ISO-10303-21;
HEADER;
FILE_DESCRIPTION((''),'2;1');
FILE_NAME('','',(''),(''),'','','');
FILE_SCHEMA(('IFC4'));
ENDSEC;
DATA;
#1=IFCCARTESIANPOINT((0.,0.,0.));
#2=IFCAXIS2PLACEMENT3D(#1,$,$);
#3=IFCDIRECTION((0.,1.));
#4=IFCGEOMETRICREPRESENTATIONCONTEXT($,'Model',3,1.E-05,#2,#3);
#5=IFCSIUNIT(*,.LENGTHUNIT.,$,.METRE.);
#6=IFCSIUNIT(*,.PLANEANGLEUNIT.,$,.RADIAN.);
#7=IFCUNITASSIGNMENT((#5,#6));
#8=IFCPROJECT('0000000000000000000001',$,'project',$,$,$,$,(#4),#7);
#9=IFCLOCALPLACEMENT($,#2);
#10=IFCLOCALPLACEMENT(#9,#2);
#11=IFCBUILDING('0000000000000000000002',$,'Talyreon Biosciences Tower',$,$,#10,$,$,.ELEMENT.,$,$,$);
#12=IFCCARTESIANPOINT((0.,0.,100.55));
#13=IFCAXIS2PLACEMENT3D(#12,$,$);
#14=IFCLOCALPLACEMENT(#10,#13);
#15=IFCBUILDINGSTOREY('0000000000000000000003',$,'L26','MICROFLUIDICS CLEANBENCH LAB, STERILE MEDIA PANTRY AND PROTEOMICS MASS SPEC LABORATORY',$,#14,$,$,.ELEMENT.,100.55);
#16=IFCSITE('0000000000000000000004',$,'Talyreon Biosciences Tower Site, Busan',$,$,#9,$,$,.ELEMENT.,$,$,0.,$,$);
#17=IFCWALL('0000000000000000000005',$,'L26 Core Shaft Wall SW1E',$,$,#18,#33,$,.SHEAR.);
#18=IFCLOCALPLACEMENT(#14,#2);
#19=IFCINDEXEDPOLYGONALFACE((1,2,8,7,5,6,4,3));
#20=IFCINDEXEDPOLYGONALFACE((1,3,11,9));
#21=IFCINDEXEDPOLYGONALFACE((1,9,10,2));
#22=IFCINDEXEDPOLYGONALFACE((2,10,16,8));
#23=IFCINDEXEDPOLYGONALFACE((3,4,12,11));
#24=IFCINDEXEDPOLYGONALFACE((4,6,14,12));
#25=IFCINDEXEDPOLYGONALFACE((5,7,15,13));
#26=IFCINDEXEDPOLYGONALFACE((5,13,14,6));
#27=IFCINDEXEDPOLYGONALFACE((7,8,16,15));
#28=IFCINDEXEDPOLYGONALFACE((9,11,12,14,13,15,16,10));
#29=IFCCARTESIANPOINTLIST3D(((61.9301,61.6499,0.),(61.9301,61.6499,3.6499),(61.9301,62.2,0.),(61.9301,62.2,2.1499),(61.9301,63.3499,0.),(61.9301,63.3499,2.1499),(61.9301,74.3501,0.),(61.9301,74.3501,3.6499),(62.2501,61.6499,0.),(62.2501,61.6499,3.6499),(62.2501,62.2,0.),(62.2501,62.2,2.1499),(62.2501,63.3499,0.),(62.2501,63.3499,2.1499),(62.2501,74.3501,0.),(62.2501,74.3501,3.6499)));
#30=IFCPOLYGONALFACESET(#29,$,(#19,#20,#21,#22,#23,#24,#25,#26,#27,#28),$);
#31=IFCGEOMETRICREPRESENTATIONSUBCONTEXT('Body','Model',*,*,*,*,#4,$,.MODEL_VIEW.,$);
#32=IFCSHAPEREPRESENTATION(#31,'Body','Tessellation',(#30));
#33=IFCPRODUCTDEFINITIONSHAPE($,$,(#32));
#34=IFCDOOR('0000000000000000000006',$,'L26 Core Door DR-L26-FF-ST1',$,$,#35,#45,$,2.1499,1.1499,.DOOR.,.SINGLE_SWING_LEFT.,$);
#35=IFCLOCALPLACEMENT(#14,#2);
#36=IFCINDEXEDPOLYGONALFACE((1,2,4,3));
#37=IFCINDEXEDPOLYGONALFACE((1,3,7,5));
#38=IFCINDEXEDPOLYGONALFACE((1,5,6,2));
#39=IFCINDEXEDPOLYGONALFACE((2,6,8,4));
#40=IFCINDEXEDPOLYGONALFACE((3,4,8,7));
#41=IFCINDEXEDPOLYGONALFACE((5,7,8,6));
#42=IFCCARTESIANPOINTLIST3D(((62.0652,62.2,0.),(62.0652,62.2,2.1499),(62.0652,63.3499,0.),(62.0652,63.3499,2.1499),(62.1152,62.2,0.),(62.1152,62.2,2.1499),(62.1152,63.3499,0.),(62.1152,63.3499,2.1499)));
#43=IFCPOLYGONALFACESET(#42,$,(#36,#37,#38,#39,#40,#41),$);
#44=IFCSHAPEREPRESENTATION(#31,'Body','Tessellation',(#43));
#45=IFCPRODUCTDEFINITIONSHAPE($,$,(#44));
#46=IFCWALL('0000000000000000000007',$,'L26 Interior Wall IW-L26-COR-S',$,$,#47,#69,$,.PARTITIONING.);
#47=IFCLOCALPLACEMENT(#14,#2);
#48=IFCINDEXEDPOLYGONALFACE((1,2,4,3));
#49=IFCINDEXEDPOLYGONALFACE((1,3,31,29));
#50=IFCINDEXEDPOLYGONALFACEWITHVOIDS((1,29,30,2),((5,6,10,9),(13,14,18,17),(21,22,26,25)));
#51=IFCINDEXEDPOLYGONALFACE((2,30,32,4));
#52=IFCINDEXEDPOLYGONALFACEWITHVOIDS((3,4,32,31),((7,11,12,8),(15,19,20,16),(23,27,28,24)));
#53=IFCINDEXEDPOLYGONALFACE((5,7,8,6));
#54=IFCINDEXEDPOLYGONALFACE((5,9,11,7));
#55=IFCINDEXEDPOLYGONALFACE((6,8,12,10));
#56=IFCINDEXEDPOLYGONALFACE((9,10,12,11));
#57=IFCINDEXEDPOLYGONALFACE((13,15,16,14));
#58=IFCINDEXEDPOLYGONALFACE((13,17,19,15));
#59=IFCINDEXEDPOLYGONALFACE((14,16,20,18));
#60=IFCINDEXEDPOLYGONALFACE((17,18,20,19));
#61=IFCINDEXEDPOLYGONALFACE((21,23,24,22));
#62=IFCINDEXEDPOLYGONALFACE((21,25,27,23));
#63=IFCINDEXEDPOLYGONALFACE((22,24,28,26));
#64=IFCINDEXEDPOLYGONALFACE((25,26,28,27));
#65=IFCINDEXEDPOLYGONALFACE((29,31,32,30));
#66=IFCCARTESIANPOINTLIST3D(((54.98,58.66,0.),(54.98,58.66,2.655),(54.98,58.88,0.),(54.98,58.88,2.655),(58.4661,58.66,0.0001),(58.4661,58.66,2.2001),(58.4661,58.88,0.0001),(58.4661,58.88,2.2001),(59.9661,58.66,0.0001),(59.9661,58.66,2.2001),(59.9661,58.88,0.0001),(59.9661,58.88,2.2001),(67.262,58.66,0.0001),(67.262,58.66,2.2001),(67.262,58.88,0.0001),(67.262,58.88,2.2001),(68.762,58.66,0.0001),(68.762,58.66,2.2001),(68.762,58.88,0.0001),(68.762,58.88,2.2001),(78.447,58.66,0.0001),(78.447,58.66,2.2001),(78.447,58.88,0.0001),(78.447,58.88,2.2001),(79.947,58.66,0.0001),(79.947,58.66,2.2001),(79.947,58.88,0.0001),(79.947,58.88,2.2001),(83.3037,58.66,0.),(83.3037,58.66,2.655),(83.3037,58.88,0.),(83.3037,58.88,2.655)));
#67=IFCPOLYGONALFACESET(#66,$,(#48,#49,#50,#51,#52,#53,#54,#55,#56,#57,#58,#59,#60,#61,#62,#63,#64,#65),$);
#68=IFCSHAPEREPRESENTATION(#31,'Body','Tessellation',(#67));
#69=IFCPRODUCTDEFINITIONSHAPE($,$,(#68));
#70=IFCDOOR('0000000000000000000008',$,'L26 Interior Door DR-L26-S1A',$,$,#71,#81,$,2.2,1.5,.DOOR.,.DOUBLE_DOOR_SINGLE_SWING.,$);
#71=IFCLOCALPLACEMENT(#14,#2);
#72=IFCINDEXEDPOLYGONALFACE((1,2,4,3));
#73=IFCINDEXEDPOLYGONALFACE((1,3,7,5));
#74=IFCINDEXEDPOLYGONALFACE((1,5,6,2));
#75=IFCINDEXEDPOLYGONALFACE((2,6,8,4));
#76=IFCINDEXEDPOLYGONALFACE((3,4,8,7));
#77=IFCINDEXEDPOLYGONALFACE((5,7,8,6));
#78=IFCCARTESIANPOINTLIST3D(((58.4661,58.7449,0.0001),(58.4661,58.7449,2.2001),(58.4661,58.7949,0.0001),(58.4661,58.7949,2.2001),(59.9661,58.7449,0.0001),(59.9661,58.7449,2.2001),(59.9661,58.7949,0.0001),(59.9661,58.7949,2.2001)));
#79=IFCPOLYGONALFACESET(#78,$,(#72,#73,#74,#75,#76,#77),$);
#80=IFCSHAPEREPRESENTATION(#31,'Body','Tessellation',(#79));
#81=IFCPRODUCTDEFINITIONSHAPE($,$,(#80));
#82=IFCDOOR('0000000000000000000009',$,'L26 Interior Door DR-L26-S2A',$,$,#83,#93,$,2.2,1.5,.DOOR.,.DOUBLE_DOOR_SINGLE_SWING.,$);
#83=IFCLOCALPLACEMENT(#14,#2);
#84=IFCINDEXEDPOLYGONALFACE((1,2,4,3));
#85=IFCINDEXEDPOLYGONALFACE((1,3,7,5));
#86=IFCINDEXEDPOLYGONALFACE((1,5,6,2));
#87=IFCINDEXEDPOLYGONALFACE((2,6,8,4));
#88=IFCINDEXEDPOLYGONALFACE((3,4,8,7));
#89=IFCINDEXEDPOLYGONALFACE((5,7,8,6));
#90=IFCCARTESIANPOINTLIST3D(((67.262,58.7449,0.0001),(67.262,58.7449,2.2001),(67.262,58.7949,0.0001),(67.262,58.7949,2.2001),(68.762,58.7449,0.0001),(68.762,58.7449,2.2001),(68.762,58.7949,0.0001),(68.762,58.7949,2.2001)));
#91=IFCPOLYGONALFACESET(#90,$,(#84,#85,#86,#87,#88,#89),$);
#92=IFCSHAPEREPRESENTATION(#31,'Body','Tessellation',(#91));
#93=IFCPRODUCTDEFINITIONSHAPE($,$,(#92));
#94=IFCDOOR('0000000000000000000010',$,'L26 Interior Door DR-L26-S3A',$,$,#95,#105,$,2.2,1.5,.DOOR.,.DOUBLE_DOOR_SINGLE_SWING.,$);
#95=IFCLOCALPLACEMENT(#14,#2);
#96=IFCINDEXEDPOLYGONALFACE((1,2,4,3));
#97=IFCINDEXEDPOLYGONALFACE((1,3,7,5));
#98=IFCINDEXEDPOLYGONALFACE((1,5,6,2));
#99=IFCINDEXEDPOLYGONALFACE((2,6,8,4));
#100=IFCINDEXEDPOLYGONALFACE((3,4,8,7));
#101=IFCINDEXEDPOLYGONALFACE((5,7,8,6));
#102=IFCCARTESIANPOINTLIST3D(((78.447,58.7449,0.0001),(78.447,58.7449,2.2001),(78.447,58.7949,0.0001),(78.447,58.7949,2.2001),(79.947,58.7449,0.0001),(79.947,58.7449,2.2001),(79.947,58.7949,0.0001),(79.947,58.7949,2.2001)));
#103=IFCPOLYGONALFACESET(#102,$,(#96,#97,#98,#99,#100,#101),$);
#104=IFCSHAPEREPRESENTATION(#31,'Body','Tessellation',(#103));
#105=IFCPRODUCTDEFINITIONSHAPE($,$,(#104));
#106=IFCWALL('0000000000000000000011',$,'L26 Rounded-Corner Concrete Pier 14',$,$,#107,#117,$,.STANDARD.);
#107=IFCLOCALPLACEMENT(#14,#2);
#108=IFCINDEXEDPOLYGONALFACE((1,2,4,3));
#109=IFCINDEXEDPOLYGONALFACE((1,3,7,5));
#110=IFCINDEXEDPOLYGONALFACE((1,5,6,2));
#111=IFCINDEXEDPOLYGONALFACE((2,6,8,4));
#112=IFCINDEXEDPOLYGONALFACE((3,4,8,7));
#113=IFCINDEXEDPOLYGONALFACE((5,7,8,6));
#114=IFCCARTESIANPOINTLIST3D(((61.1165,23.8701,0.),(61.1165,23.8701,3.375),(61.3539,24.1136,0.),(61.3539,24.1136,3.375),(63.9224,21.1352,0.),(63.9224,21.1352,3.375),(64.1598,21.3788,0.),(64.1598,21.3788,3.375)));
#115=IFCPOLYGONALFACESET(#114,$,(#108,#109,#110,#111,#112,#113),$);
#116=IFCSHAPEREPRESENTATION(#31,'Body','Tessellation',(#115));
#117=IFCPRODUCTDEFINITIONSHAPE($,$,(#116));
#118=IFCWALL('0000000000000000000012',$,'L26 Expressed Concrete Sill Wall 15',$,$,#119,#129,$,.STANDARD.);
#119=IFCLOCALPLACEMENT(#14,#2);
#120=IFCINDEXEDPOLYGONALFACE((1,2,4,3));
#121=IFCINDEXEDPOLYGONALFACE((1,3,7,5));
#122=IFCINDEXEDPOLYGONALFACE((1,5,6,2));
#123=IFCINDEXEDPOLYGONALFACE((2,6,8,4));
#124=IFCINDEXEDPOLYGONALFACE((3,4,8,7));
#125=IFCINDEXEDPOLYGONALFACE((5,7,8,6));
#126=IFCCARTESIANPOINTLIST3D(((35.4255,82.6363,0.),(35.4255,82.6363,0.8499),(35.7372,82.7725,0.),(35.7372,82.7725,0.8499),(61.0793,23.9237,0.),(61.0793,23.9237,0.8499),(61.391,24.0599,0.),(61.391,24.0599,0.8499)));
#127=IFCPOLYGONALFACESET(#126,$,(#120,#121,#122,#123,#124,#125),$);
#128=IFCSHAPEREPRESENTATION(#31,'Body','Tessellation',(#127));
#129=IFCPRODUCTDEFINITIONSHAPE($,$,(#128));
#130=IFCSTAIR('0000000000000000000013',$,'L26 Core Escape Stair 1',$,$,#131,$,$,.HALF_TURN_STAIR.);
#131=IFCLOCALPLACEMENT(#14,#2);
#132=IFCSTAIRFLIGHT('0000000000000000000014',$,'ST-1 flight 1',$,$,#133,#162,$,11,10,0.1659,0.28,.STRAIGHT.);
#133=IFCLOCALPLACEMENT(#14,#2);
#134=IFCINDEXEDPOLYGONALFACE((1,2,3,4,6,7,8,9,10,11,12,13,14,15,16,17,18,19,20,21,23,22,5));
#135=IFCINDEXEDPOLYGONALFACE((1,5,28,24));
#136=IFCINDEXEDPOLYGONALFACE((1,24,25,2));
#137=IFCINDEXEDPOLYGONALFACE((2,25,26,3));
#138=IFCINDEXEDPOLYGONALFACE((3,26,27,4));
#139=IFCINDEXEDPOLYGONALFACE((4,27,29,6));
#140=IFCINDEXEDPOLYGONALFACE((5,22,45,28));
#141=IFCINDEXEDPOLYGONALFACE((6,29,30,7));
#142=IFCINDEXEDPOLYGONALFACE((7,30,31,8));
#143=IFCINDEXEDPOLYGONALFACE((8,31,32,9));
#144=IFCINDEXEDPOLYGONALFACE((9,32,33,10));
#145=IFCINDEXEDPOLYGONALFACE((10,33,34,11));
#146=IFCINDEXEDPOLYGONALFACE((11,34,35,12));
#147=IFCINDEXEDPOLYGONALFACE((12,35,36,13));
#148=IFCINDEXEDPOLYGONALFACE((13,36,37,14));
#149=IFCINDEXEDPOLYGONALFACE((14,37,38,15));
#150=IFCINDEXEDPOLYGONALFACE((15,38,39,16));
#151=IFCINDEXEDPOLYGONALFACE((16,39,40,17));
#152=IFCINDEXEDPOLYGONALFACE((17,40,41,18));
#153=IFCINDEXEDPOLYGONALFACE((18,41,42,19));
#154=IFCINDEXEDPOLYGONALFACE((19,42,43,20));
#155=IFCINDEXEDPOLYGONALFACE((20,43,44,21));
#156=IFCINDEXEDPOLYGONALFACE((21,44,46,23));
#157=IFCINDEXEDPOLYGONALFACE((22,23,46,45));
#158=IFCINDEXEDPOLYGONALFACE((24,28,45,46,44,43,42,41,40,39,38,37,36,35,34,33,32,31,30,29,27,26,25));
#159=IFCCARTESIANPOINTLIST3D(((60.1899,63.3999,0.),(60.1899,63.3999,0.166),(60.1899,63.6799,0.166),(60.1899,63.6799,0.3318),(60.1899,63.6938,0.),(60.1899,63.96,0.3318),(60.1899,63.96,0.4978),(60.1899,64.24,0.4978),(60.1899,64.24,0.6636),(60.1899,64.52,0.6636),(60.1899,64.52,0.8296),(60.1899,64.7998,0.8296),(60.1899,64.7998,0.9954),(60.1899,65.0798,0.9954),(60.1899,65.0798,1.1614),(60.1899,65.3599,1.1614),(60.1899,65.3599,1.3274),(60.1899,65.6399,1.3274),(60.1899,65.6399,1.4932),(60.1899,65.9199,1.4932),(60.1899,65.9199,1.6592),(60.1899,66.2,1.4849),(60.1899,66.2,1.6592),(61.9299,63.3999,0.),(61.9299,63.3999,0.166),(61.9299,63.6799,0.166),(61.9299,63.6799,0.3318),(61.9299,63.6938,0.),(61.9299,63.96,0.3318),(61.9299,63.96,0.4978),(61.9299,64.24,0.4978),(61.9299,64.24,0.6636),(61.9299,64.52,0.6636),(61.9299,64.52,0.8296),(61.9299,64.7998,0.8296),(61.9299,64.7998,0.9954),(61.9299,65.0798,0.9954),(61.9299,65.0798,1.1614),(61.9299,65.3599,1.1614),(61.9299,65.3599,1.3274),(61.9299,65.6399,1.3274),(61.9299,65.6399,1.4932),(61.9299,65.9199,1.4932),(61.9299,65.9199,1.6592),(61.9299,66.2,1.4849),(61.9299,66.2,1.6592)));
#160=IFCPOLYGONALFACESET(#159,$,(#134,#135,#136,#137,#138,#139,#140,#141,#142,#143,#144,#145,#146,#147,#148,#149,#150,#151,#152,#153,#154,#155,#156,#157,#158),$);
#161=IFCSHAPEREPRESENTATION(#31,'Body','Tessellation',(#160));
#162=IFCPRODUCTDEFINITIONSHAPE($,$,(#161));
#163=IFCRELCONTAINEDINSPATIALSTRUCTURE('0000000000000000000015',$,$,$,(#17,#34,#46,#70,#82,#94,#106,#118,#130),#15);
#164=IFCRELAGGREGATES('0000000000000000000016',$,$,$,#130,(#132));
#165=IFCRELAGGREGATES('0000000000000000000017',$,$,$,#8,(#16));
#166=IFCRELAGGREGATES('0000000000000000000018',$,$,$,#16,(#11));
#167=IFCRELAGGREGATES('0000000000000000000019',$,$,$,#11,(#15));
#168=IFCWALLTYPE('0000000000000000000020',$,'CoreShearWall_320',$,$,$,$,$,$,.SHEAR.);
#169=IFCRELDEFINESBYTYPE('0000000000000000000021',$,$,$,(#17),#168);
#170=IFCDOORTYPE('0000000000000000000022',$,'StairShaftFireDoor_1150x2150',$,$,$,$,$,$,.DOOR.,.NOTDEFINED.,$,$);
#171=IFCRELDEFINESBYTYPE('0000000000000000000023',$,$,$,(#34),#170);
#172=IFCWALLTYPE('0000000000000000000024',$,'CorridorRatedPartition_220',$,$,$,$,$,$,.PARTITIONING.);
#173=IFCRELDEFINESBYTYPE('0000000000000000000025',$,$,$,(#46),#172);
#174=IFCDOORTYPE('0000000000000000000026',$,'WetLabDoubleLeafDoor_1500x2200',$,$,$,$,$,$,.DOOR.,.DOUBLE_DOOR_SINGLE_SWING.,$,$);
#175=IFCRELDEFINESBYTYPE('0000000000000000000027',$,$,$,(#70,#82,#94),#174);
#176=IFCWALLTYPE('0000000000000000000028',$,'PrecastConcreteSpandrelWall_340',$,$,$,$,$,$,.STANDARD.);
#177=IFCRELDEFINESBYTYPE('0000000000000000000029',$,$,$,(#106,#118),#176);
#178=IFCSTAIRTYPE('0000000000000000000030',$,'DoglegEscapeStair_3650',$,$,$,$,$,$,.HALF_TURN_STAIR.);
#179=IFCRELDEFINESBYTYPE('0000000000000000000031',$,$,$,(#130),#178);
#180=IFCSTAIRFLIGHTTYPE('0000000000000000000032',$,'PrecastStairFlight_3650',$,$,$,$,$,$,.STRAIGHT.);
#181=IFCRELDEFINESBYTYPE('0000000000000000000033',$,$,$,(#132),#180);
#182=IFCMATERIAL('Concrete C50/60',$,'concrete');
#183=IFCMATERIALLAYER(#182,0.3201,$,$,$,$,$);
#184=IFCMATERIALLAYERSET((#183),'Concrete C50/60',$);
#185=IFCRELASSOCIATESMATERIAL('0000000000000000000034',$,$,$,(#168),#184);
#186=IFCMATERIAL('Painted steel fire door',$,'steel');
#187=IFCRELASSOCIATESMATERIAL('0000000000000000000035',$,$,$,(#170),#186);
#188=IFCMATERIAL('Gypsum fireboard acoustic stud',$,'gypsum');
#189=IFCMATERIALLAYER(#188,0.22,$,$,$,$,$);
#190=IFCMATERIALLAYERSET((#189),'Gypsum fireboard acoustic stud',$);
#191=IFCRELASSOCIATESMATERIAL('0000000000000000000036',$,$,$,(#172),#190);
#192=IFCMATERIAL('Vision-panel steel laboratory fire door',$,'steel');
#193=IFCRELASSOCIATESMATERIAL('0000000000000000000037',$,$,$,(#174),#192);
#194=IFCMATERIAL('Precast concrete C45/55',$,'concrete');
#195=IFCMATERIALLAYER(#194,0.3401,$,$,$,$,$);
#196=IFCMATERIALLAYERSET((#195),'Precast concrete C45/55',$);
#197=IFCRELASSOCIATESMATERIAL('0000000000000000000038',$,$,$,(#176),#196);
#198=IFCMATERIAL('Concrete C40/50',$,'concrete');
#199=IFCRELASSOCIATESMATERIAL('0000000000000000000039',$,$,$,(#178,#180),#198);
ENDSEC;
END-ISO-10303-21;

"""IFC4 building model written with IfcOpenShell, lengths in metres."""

from ifc_helpers import new_model, si_unit, direction, frame, frame_2d, origin, place, context, subcontext, project, spatial, polyline, rectangle, outline, extrude, material, layer, layer_set, type_object, element, fill, aggregate, save


model = new_model("IFC4")

# Units and contexts
model_context = context("Model", 3, precision=1e-05, world=origin(), true_north=direction((0.0, 1.0)))
body_context = subcontext(model_context, "Body", "Model", "MODEL_VIEW")
ifc_project = project(units=[si_unit("LENGTHUNIT", "METRE"), si_unit("PLANEANGLEUNIT", "RADIAN")], contexts=[model_context])

# Site, building, storey
site_placement = place(None, origin())
site = spatial("IfcSite", under=ifc_project, at=site_placement, Name="Talyreon Biosciences Tower Site, Busan", CompositionType="ELEMENT", RefElevation=0.0)
building_placement = place(site_placement, origin())
building = spatial("IfcBuilding", under=site, at=building_placement, Name="Talyreon Biosciences Tower", CompositionType="ELEMENT")
storey_placement = place(building_placement, frame((0.0, 0.0, 100.55)))
storey = spatial("IfcBuildingStorey", under=building, at=storey_placement, Name="L26", Description="MICROFLUIDICS CLEANBENCH LAB, STERILE MEDIA PANTRY AND PROTEOMICS MASS SPEC LABORATORY", CompositionType="ELEMENT", Elevation=100.55)

# Shared definitions
ifc_material_1 = material(Name="Concrete C50/60", Category="concrete")

# Shared definitions
ifc_material_2 = material(Name="Precast concrete C45/55", Category="concrete")

# Shared definitions
ifc_material_3 = material(Name="Gypsum fireboard acoustic stud", Category="gypsum")

# Wall, opening, door
ifc_layer_1 = layer(ifc_material_1, 0.3201)
ifc_layer_set_1 = layer_set([ifc_layer_1], Name="Concrete C50/60")
wall_type_1 = type_object("IfcWallType", Name="CoreShearWall_320", PredefinedType="SHEAR", material=ifc_layer_set_1)
wall_1_placement = place(storey_placement, frame((62.0901, 61.6499, 0.0), z_axis=(0.0, 0.0, 1.0), x_axis=(0.0, 1.0, 0.0)))
wall_1 = element("IfcWall", 1, at=wall_1_placement, inside=storey, type_object=wall_type_1, Name="L26 Core Shaft Wall SW1E", PredefinedType="SHEAR", context=body_context, shape_type="SweptSolid", body=[
    extrude(rectangle(XDim=12.7002, YDim=0.3201, at=frame_2d((6.3501, 0.0))), origin(), (0.0, 0.0, 1.0), 3.6499),
])
opening_1_placement = place(wall_1_placement, frame((0.55, 0.0, 0.0)))
opening_1 = element("IfcOpeningElement", 2, at=opening_1_placement, cuts=wall_1, PredefinedType="OPENING", context=body_context, shape_type="SweptSolid", body=[
    extrude(rectangle(XDim=1.1499, YDim=2.1499, at=frame_2d((0.575, 1.075))), frame((0.0, 0.1699, 0.0), z_axis=(0.0, -1.0, 0.0), x_axis=(1.0, 0.0, 0.0)), (0.0, 0.0, 1.0), 0.3401),
])
ifc_material_4 = material(Name="Painted steel fire door", Category="steel")
door_type_1 = type_object("IfcDoorType", Name="StairShaftFireDoor_1150x2150", OperationType="NOTDEFINED", PredefinedType="DOOR", material=ifc_material_4)
door_1_placement = place(opening_1_placement, origin())
door_1 = element("IfcDoor", 3, at=door_1_placement, inside=storey, type_object=door_type_1, Name="L26 Core Door DR-L26-FF-ST1", OperationType="SINGLE_SWING_LEFT", OverallHeight=2.1499, OverallWidth=1.1499, PredefinedType="DOOR", context=body_context, shape_type="SweptSolid", body=[
    extrude(rectangle(XDim=1.1499, YDim=2.1499, at=frame_2d((0.575, 1.075))), frame((0.0, 0.0249, 0.0), z_axis=(0.0, -1.0, 0.0), x_axis=(1.0, 0.0, 0.0)), (0.0, 0.0, 1.0), 0.05),
])
fill(opening_1, door_1)

# Wall, openings, doors
ifc_layer_2 = layer(ifc_material_3, 0.22)
ifc_layer_set_2 = layer_set([ifc_layer_2], Name="Gypsum fireboard acoustic stud")
wall_type_2 = type_object("IfcWallType", Name="CorridorRatedPartition_220", PredefinedType="PARTITIONING", material=ifc_layer_set_2)
wall_2_placement = place(storey_placement, frame((54.98, 58.77, 0.0), z_axis=(0.0, 0.0, 1.0), x_axis=(1.0, 0.0, 0.0)))
wall_2 = element("IfcWall", 4, at=wall_2_placement, inside=storey, type_object=wall_type_2, Name="L26 Interior Wall IW-L26-COR-S", PredefinedType="PARTITIONING", context=body_context, shape_type="SweptSolid", body=[
    extrude(rectangle(XDim=28.3237, YDim=0.22, at=frame_2d((14.1619, 0.0))), origin(), (0.0, 0.0, 1.0), 2.655),
])
opening_2_placement = place(wall_2_placement, frame((3.4861, 0.0, 0.0)))
opening_2 = element("IfcOpeningElement", 5, at=opening_2_placement, cuts=wall_2, PredefinedType="OPENING", context=body_context, shape_type="SweptSolid", body=[
    extrude(rectangle(XDim=1.5, YDim=2.2, at=frame_2d((0.75, 1.1001))), frame((0.0, 0.1199, 0.0), z_axis=(0.0, -1.0, 0.0), x_axis=(1.0, 0.0, 0.0)), (0.0, 0.0, 1.0), 0.24),
])
opening_3_placement = place(wall_2_placement, frame((12.282, 0.0, 0.0)))
opening_3 = element("IfcOpeningElement", 6, at=opening_3_placement, cuts=wall_2, PredefinedType="OPENING", context=body_context, shape_type="SweptSolid", body=[
    extrude(rectangle(XDim=1.5, YDim=2.2, at=frame_2d((0.75, 1.1001))), frame((0.0, 0.1199, 0.0), z_axis=(0.0, -1.0, 0.0), x_axis=(1.0, 0.0, 0.0)), (0.0, 0.0, 1.0), 0.24),
])
opening_4_placement = place(wall_2_placement, frame((23.467, 0.0, 0.0)))
opening_4 = element("IfcOpeningElement", 7, at=opening_4_placement, cuts=wall_2, PredefinedType="OPENING", context=body_context, shape_type="SweptSolid", body=[
    extrude(rectangle(XDim=1.5, YDim=2.2, at=frame_2d((0.75, 1.1001))), frame((0.0, 0.1199, 0.0), z_axis=(0.0, -1.0, 0.0), x_axis=(1.0, 0.0, 0.0)), (0.0, 0.0, 1.0), 0.24),
])
ifc_material_5 = material(Name="Vision-panel steel laboratory fire door", Category="steel")
door_type_2 = type_object("IfcDoorType", Name="WetLabDoubleLeafDoor_1500x2200", OperationType="DOUBLE_DOOR_SINGLE_SWING", PredefinedType="DOOR", material=ifc_material_5)
door_2_placement = place(opening_2_placement, origin())
door_2 = element("IfcDoor", 8, at=door_2_placement, inside=storey, type_object=door_type_2, Name="L26 Interior Door DR-L26-S1A", OperationType="DOUBLE_DOOR_SINGLE_SWING", OverallHeight=2.2, OverallWidth=1.5, PredefinedType="DOOR", context=body_context, shape_type="SweptSolid", body=[
    extrude(rectangle(XDim=1.5, YDim=2.2, at=frame_2d((0.75, 1.1001))), frame((0.0, 0.0249, 0.0), z_axis=(0.0, -1.0, 0.0), x_axis=(1.0, 0.0, 0.0)), (0.0, 0.0, 1.0), 0.05),
])
fill(opening_2, door_2)
door_3_placement = place(opening_3_placement, origin())
door_3 = element("IfcDoor", 9, at=door_3_placement, inside=storey, type_object=door_type_2, Name="L26 Interior Door DR-L26-S2A", OperationType="DOUBLE_DOOR_SINGLE_SWING", OverallHeight=2.2, OverallWidth=1.5, PredefinedType="DOOR", context=body_context, shape_type="SweptSolid", body=[
    extrude(rectangle(XDim=1.5, YDim=2.2, at=frame_2d((0.75, 1.1001))), frame((0.0, 0.0249, 0.0), z_axis=(0.0, -1.0, 0.0), x_axis=(1.0, 0.0, 0.0)), (0.0, 0.0, 1.0), 0.05),
])
fill(opening_3, door_3)
door_4_placement = place(opening_4_placement, origin())
door_4 = element("IfcDoor", 10, at=door_4_placement, inside=storey, type_object=door_type_2, Name="L26 Interior Door DR-L26-S3A", OperationType="DOUBLE_DOOR_SINGLE_SWING", OverallHeight=2.2, OverallWidth=1.5, PredefinedType="DOOR", context=body_context, shape_type="SweptSolid", body=[
    extrude(rectangle(XDim=1.5, YDim=2.2, at=frame_2d((0.75, 1.1001))), frame((0.0, 0.0249, 0.0), z_axis=(0.0, -1.0, 0.0), x_axis=(1.0, 0.0, 0.0)), (0.0, 0.0, 1.0), 0.05),
])
fill(opening_4, door_4)

# Walls
ifc_layer_3 = layer(ifc_material_2, 0.3401)
ifc_layer_set_3 = layer_set([ifc_layer_3], Name="Precast concrete C45/55")
wall_type_3 = type_object("IfcWallType", Name="PrecastConcreteSpandrelWall_340", PredefinedType="STANDARD", material=ifc_layer_set_3)
wall_3_placement = place(storey_placement, frame((64.041, 21.2571, 0.0), z_axis=(0.0, 0.0, 1.0), x_axis=(-0.716115, 0.697983, 0.0)))
element("IfcWall", 11, at=wall_3_placement, inside=storey, type_object=wall_type_3, Name="L26 Rounded-Corner Concrete Pier 14", PredefinedType="STANDARD", context=body_context, shape_type="SweptSolid", body=[
    extrude(rectangle(XDim=3.9182, YDim=0.3401, at=frame_2d((1.959, 0.0))), origin(), (0.0, 0.0, 1.0), 3.375),
])
wall_4_placement = place(storey_placement, frame((61.2351, 23.9919, 0.0), z_axis=(0.0, 0.0, 1.0), x_axis=(-0.400387, 0.916346, 0.0)))
element("IfcWall", 12, at=wall_4_placement, inside=storey, type_object=wall_type_3, Name="L26 Expressed Concrete Sill Wall 15", PredefinedType="STANDARD", context=body_context, shape_type="SweptSolid", body=[
    extrude(rectangle(XDim=64.0725, YDim=0.3401, at=frame_2d((32.0361, 0.0))), origin(), (0.0, 0.0, 1.0), 0.8499),
])

# Stair, stair flight
ifc_material_6 = material(Name="Concrete C40/50", Category="concrete")
stair_type = type_object("IfcStairType", Name="DoglegEscapeStair_3650", PredefinedType="HALF_TURN_STAIR", material=ifc_material_6)
stair_placement = place(storey_placement, origin())
stair = element("IfcStair", 13, at=stair_placement, inside=storey, type_object=stair_type, Name="L26 Core Escape Stair 1", PredefinedType="HALF_TURN_STAIR")
stair_flight_type = type_object("IfcStairFlightType", Name="PrecastStairFlight_3650", PredefinedType="STRAIGHT", material=ifc_material_6)
stair_flight_placement = place(storey_placement, frame((61.0601, 63.3999, 0.0), z_axis=(0.0, 0.0, 1.0), x_axis=(0.0, 1.0, 0.0)))
stair_flight = element("IfcStairFlight", 14, at=stair_flight_placement, type_object=stair_flight_type, Name="ST-1 flight 1", NumberOfRisers=11, NumberOfTreads=10, PredefinedType="STRAIGHT", RiserHeight=0.1659, TreadLength=0.28, context=body_context, shape_type="SweptSolid", body=[
    extrude(outline(polyline([(0.0, 0.0), (0.0, 0.166), (0.28, 0.166), (0.28, 0.3318), (0.5601, 0.3318), (0.5601, 0.4978), (0.8401, 0.4978), (0.8401, 0.6636), (1.1201, 0.6636), (1.1201, 0.8296), (1.3999, 0.8296), (1.3999, 0.9954), (1.6799, 0.9954), (1.6799, 1.1614), (1.96, 1.1614), (1.96, 1.3274), (2.24, 1.3274), (2.24, 1.4932), (2.52, 1.4932), (2.52, 1.6592), (2.8, 1.6592), (2.8, 1.825), (2.8, 1.4849), (0.2939, 0.0), (0.0, 0.0)])), frame((0.0, 0.8701, 0.0), z_axis=(0.0, -1.0, 0.0), x_axis=(1.0, 0.0, 0.0)), (0.0, 0.0, 1.0), 1.74),
])
aggregate(stair, [stair_flight])

save(model, "model.ifc")
